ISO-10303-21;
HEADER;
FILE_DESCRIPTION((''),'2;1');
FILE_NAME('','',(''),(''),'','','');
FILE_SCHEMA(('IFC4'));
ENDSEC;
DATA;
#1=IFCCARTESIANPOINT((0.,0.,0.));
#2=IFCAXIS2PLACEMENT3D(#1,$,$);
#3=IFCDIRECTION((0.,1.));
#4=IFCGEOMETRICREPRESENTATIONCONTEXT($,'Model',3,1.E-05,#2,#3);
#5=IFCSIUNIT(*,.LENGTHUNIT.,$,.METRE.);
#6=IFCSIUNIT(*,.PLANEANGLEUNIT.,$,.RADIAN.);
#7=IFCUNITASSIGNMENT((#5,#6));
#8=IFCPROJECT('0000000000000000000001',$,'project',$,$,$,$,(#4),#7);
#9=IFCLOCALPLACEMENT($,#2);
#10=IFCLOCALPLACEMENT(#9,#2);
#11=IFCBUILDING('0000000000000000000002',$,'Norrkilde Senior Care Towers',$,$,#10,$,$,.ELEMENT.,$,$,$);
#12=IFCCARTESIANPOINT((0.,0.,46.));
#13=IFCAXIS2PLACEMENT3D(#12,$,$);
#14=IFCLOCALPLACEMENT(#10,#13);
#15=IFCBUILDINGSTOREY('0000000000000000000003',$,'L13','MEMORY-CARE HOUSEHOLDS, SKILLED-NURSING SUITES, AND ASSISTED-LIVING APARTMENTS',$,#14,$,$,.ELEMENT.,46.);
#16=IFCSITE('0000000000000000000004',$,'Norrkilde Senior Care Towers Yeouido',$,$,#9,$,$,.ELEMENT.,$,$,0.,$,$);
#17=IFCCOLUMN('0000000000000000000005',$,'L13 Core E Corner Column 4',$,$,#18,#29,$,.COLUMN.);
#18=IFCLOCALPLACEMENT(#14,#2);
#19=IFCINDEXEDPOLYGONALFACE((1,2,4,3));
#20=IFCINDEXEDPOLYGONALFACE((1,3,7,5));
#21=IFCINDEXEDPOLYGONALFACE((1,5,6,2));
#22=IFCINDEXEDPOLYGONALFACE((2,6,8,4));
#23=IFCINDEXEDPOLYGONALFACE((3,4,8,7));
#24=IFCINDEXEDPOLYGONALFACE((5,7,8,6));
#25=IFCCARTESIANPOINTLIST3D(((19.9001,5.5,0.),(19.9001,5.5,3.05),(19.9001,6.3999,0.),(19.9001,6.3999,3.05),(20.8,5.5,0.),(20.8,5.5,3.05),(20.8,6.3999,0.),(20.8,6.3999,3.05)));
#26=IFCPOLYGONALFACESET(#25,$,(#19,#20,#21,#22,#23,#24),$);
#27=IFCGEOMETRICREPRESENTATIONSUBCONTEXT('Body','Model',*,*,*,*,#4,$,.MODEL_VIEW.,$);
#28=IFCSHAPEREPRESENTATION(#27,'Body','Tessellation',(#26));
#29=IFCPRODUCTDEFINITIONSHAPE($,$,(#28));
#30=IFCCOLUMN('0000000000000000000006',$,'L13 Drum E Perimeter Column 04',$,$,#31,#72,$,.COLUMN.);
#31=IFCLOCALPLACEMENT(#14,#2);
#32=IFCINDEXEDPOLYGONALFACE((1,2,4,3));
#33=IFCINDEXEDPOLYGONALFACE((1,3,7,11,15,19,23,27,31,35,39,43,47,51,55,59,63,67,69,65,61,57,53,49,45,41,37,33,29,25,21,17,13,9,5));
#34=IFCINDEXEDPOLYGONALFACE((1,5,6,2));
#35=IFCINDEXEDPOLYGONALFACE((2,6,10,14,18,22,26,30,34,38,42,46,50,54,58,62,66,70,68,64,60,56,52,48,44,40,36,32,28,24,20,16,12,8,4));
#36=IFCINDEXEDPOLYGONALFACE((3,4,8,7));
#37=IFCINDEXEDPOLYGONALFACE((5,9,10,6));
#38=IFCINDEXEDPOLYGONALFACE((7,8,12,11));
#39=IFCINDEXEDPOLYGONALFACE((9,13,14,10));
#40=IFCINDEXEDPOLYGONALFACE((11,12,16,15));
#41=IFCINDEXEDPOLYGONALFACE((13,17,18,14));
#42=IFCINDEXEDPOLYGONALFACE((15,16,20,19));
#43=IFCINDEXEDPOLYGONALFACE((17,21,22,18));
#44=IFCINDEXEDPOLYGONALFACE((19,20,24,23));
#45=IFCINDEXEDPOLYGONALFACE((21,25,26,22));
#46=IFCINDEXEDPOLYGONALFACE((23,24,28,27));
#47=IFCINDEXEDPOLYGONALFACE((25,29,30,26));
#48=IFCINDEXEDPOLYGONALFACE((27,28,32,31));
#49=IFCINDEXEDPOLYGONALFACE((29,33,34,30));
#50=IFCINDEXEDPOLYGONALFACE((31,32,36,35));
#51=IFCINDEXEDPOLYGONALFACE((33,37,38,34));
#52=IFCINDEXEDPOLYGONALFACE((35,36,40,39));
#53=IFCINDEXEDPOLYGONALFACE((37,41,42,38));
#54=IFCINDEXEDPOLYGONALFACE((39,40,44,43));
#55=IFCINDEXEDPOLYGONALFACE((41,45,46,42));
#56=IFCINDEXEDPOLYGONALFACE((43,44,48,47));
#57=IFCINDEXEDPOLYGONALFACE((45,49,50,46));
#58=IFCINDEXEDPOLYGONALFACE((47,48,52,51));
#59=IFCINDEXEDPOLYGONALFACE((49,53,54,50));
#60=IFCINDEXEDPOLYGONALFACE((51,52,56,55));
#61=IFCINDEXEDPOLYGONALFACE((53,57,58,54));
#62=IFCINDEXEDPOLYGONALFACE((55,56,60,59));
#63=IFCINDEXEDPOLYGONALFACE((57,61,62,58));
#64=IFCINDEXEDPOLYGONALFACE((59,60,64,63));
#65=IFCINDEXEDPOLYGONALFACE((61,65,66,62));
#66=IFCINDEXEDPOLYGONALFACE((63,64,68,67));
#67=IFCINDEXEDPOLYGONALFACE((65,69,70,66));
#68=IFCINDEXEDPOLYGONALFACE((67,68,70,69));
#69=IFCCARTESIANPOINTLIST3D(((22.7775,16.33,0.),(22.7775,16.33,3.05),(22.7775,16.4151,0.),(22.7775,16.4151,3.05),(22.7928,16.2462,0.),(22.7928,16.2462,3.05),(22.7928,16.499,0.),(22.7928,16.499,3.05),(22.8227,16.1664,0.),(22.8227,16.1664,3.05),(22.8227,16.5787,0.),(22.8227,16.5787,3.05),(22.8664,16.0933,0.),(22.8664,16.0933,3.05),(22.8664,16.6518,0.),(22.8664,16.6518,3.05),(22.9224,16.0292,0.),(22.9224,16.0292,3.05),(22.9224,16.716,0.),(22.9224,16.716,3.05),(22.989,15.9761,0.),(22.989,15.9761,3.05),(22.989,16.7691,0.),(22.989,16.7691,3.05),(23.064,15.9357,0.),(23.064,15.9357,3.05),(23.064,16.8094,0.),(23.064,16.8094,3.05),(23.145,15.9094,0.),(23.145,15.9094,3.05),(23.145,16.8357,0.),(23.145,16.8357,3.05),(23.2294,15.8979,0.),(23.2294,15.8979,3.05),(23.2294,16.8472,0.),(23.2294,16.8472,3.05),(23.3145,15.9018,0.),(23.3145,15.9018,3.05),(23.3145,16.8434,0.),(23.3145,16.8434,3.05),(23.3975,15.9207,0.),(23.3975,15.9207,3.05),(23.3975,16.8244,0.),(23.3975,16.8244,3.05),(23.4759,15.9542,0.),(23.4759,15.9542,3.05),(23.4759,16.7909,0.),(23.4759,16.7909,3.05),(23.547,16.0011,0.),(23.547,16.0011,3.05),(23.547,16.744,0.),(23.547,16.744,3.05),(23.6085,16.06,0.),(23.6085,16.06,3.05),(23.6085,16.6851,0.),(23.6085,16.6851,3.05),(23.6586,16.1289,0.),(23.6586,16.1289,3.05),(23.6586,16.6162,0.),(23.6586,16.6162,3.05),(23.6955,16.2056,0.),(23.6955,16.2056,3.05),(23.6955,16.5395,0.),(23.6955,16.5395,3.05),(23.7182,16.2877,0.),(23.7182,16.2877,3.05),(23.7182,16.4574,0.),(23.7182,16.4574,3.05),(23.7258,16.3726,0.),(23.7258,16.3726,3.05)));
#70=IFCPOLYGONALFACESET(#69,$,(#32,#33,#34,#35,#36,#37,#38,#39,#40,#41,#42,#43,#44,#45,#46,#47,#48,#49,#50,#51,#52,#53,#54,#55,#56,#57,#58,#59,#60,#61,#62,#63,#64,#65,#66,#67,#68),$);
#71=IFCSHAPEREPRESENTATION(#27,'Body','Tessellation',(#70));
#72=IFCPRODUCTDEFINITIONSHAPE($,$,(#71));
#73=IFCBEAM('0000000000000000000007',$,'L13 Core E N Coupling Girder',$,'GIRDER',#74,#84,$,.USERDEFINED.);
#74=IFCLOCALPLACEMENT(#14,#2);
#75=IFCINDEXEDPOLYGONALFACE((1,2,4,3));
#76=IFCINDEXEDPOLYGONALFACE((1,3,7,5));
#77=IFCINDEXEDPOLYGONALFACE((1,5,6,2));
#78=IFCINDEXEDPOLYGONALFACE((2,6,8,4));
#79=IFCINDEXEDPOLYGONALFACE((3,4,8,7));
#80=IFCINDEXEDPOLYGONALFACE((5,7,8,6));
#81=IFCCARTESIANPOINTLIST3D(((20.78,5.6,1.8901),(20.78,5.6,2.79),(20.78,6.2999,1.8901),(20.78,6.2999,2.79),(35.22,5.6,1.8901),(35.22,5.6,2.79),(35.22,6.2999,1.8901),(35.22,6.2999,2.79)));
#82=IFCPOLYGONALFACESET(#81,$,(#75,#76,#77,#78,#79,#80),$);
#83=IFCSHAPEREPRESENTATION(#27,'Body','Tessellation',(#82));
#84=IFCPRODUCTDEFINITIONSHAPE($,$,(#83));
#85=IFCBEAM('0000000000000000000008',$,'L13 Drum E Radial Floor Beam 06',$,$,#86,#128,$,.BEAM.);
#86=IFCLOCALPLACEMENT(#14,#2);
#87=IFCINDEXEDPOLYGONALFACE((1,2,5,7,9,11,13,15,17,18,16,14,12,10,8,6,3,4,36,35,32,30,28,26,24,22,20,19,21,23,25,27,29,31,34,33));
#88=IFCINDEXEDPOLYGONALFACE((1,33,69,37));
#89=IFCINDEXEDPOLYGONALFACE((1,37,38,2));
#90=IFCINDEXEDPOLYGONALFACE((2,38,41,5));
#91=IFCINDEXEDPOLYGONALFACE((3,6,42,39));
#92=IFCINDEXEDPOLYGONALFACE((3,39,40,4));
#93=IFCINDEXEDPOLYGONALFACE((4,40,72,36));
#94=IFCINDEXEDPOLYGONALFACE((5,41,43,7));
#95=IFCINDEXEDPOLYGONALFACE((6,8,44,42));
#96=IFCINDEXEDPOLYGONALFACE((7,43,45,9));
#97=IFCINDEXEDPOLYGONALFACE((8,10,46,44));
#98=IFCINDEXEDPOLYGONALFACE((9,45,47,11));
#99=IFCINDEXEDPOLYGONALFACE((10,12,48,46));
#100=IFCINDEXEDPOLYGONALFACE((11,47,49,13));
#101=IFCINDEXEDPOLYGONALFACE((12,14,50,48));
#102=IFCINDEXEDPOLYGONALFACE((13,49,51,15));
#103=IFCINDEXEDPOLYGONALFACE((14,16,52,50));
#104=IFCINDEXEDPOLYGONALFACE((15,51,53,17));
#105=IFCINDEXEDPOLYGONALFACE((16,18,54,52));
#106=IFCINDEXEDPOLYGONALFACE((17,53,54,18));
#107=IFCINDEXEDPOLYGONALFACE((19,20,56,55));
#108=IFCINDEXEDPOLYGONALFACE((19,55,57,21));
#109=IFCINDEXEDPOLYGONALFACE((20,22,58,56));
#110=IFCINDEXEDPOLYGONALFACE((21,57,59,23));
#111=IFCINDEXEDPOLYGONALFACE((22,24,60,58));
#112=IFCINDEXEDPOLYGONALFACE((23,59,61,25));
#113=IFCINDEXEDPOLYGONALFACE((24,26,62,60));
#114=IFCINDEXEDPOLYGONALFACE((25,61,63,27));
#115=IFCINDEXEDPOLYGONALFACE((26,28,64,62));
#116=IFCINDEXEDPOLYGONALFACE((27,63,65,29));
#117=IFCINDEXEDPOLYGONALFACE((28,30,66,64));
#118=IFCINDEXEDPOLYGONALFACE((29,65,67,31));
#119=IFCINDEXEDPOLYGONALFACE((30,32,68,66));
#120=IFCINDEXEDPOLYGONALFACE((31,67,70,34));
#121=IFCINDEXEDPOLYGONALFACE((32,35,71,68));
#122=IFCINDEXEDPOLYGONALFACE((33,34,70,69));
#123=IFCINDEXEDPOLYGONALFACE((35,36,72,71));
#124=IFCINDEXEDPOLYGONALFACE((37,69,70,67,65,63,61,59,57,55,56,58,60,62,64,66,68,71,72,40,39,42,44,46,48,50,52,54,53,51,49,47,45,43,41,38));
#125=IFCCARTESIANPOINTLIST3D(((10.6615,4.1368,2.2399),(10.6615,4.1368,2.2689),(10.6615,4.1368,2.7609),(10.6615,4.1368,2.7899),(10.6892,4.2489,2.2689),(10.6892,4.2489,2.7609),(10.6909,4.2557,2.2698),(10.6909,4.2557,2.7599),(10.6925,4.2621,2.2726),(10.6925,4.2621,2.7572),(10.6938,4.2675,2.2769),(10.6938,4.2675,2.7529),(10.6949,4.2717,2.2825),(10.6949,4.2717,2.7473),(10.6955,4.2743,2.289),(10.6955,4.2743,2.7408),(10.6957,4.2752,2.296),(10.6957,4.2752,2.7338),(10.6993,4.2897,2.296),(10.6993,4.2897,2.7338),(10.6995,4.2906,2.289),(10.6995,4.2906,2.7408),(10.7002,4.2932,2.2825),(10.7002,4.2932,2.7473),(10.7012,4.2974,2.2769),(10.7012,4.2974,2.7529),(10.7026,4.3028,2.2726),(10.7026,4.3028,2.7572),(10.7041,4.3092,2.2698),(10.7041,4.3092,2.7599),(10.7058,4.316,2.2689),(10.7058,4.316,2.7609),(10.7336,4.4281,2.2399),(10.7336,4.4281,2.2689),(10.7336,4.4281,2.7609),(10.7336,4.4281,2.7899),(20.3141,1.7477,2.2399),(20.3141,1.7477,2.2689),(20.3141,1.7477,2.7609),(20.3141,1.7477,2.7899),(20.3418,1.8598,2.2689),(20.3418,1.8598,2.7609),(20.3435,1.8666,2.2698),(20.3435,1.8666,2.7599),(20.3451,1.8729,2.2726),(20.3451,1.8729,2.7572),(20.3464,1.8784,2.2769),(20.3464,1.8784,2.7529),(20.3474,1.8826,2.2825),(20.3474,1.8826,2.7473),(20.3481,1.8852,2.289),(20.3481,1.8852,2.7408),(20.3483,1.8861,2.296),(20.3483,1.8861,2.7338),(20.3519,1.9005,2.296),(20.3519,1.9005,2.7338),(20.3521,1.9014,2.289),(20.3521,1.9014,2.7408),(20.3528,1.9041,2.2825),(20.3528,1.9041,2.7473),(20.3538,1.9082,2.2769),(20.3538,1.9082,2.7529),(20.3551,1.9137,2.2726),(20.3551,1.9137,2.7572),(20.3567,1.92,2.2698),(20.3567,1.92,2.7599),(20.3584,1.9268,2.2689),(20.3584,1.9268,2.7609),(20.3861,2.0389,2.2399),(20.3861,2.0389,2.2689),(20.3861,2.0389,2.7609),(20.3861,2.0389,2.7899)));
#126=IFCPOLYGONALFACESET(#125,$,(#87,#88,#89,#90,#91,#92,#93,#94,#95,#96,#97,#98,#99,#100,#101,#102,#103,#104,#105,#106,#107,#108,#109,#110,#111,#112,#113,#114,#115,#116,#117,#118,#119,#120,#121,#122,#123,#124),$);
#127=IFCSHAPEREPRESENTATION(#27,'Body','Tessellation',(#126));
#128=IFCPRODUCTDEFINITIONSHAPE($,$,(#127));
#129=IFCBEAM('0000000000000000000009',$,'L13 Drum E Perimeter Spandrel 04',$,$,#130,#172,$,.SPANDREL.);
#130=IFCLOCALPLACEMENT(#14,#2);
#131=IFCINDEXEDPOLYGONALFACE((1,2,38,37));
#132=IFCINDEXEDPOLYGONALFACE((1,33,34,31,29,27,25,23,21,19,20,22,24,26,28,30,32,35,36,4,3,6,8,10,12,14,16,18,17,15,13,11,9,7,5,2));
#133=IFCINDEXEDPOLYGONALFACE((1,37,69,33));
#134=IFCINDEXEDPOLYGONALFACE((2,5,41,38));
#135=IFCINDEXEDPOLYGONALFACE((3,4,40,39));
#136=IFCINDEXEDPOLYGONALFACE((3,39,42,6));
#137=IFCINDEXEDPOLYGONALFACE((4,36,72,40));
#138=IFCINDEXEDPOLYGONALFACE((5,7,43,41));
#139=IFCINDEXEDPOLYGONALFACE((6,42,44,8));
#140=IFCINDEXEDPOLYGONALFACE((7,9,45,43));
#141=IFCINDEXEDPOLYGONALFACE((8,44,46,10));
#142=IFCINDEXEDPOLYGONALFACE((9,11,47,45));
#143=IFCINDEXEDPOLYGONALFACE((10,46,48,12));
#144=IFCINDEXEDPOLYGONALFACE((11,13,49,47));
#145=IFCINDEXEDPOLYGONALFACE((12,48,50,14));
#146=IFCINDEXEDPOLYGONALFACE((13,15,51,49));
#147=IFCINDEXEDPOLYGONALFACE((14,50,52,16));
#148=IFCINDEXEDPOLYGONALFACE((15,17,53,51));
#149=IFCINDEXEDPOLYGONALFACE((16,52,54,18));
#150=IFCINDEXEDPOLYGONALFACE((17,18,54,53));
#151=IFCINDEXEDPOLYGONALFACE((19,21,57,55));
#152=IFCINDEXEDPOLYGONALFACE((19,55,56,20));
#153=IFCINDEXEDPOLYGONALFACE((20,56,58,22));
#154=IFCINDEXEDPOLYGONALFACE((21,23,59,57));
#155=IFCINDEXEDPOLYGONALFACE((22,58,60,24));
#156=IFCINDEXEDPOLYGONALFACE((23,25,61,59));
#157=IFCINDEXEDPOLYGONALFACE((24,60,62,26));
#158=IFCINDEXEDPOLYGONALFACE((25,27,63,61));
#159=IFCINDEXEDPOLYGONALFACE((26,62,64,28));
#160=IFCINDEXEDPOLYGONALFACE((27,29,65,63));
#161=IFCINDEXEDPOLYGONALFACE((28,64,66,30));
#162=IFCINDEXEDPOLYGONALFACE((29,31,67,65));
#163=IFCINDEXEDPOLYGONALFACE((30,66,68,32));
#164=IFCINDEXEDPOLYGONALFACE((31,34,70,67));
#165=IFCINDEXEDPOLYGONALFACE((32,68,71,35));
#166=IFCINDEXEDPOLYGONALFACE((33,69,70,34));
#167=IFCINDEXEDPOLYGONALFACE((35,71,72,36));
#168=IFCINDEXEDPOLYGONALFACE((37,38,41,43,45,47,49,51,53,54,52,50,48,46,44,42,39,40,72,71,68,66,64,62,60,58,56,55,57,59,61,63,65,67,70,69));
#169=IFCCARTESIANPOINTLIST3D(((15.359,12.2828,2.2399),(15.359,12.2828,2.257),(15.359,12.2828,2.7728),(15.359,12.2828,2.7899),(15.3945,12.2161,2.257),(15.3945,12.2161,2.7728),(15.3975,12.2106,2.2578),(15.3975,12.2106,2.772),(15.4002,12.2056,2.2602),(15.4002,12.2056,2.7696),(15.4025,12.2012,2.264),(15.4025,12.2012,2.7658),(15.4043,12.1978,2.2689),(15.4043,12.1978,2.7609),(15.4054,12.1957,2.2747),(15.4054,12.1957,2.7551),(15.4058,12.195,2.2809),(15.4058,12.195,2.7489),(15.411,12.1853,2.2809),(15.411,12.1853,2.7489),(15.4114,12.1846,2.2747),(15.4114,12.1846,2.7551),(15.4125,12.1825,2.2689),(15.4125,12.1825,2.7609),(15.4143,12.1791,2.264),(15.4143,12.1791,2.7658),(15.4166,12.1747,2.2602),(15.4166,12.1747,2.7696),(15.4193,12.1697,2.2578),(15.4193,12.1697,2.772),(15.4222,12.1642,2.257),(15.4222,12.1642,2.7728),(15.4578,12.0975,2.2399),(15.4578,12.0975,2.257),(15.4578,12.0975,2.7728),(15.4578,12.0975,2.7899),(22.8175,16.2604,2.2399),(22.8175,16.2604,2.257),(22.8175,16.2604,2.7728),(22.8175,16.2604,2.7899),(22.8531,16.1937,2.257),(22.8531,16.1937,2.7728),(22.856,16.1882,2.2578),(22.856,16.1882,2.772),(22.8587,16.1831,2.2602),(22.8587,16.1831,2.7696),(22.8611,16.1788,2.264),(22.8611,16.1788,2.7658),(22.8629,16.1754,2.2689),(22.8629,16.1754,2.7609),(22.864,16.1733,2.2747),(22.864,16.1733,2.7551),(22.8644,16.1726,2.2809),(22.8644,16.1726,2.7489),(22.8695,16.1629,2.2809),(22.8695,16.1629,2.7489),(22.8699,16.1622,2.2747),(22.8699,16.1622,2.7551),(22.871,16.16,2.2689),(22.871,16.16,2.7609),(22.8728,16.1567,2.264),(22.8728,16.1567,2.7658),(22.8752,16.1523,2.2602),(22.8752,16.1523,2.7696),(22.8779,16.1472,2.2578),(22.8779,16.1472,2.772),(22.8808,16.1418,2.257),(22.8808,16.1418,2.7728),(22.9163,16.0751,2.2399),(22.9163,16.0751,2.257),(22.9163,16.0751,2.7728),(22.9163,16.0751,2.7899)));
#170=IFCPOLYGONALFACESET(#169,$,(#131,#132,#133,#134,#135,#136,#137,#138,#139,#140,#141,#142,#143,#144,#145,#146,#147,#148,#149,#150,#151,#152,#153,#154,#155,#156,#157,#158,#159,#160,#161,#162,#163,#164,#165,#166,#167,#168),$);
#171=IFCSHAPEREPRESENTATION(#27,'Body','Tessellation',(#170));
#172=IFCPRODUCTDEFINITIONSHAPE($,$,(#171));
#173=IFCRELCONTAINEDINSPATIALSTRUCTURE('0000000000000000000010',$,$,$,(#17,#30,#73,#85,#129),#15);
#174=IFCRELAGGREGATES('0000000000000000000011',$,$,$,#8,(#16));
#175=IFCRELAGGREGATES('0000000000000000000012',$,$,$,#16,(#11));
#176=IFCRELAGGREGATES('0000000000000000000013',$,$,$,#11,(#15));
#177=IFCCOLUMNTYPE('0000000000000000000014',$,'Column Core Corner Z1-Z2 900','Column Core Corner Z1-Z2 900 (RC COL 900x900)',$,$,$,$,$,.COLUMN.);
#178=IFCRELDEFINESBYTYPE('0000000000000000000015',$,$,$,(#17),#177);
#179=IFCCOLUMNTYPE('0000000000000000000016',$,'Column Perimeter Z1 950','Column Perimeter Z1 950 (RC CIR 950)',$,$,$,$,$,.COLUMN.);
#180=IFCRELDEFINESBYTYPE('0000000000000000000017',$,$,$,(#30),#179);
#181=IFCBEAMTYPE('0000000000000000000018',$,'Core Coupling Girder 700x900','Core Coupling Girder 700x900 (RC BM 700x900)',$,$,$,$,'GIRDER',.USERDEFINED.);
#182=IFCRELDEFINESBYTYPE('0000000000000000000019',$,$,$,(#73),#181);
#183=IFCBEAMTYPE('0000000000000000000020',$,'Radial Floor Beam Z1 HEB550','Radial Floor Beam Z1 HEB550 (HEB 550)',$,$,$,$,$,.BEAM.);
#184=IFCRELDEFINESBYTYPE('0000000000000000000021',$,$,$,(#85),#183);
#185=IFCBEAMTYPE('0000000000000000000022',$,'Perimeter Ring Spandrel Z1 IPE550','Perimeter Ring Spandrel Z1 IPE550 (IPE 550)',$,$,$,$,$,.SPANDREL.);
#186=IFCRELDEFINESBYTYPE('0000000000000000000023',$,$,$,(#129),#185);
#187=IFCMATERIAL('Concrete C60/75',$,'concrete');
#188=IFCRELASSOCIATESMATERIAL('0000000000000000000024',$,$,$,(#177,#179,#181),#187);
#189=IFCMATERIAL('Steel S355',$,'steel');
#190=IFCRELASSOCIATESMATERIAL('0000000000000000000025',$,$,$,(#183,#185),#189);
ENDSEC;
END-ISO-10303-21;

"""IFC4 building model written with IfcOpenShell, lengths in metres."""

from ifc_helpers import new_model, si_unit, direction, frame, origin, origin_2d, place, context, subcontext, project, spatial, rectangle, circle, i_section, extrude, source, transform, mapped, material, material_profile, profile_set, type_object, type_shapes, element, save


model = new_model("IFC4")

# Units and contexts
model_context = context("Model", 3, precision=1e-05, world=origin(), true_north=direction((0.0, 1.0)))
body_context = subcontext(model_context, "Body", "Model", "MODEL_VIEW")
ifc_project = project(units=[si_unit("LENGTHUNIT", "METRE"), si_unit("PLANEANGLEUNIT", "RADIAN")], contexts=[model_context])

# Site, building, storey
site_placement = place(None, origin())
site = spatial("IfcSite", under=ifc_project, at=site_placement, Name="Norrkilde Senior Care Towers Yeouido", CompositionType="ELEMENT", RefElevation=0.0)
building_placement = place(site_placement, origin())
building = spatial("IfcBuilding", under=site, at=building_placement, Name="Norrkilde Senior Care Towers", CompositionType="ELEMENT")
storey_placement = place(building_placement, frame((0.0, 0.0, 46.0)))
storey = spatial("IfcBuildingStorey", under=building, at=storey_placement, Name="L13", Description="MEMORY-CARE HOUSEHOLDS, SKILLED-NURSING SUITES, AND ASSISTED-LIVING APARTMENTS", CompositionType="ELEMENT", Elevation=46.0)

# Columns
ifc_material_1 = material(Name="Concrete C60/75", Category="concrete")
ifc_material_profile_1 = material_profile(ifc_material_1, rectangle(XDim=0.8999, YDim=0.8999, at=origin_2d()), Name="RC COL 900x900")
ifc_profile_set_1 = profile_set([ifc_material_profile_1], Name="Concrete C60/75")
column_type_1 = type_object("IfcColumnType", Name="Column Core Corner Z1-Z2 900", Description="Column Core Corner Z1-Z2 900 (RC COL 900x900)", PredefinedType="COLUMN", material=ifc_profile_set_1)
shared_shape_1 = source(origin(), body_context, "Body", "SweptSolid", [
    extrude(rectangle(XDim=0.8999, YDim=0.8999, at=origin_2d()), origin(), (0.0, 0.0, 1.0), 3.05),
])
type_shapes(column_type_1, [shared_shape_1])
column_1_placement = place(storey_placement, frame((20.3501, 5.95, 0.0), z_axis=(0.0, 0.0, 1.0), x_axis=(1.0, 0.0, 0.0)))
element("IfcColumn", 1, at=column_1_placement, inside=storey, type_object=column_type_1, Name="L13 Core E Corner Column 4", PredefinedType="COLUMN", context=body_context, shape_type="MappedRepresentation", body=[
    mapped(shared_shape_1, transform((0.0, 0.0, 0.0), x_axis=(1.0, 0.0, 0.0), y_axis=(0.0, 1.0, 0.0), z_axis=(0.0, 0.0, 1.0), scale=1.0)),
])
ifc_material_profile_2 = material_profile(ifc_material_1, circle(Radius=0.4751, at=origin_2d()), Name="RC CIR 950")
ifc_profile_set_2 = profile_set([ifc_material_profile_2], Name="Concrete C60/75")
column_type_2 = type_object("IfcColumnType", Name="Column Perimeter Z1 950", Description="Column Perimeter Z1 950 (RC CIR 950)", PredefinedType="COLUMN", material=ifc_profile_set_2)
shared_shape_2 = source(origin(), body_context, "Body", "SweptSolid", [
    extrude(circle(Radius=0.4751, at=origin_2d()), origin(), (0.0, 0.0, 1.0), 3.05),
])
type_shapes(column_type_2, [shared_shape_2])
column_2_placement = place(storey_placement, frame((23.2507, 16.3726, 0.0), z_axis=(0.0, 0.0, 1.0), x_axis=(1.0, 0.0, 0.0)))
element("IfcColumn", 2, at=column_2_placement, inside=storey, type_object=column_type_2, Name="L13 Drum E Perimeter Column 04", PredefinedType="COLUMN", context=body_context, shape_type="MappedRepresentation", body=[
    mapped(shared_shape_2, transform((0.0, 0.0, 0.0), x_axis=(1.0, 0.0, 0.0), y_axis=(0.0, 1.0, 0.0), z_axis=(0.0, 0.0, 1.0), scale=1.0)),
])

# Beams
ifc_material_profile_3 = material_profile(ifc_material_1, rectangle(XDim=0.7, YDim=0.8999, at=origin_2d()), Name="RC BM 700x900")
ifc_profile_set_3 = profile_set([ifc_material_profile_3], Name="Concrete C60/75")
beam_type_1 = type_object("IfcBeamType", Name="Core Coupling Girder 700x900", Description="Core Coupling Girder 700x900 (RC BM 700x900)", ElementType="GIRDER", PredefinedType="USERDEFINED", material=ifc_profile_set_3)
shared_shape_3 = source(origin(), body_context, "Body", "SweptSolid", [
    extrude(rectangle(XDim=0.7, YDim=0.8999, at=origin_2d()), origin(), (0.0, 0.0, 1.0), 14.4399),
])
type_shapes(beam_type_1, [shared_shape_3])
beam_1_placement = place(storey_placement, frame((20.78, 5.95, 2.3401), z_axis=(1.0, 0.0, 0.0), x_axis=(0.0, 1.0, 0.0)))
element("IfcBeam", 3, at=beam_1_placement, inside=storey, type_object=beam_type_1, Name="L13 Core E N Coupling Girder", ObjectType="GIRDER", PredefinedType="USERDEFINED", context=body_context, shape_type="MappedRepresentation", body=[
    mapped(shared_shape_3, transform((0.0, 0.0, 0.0), x_axis=(1.0, 0.0, 0.0), y_axis=(0.0, 1.0, 0.0), z_axis=(0.0, 0.0, 1.0), scale=1.0)),
])
ifc_material_2 = material(Name="Steel S355", Category="steel")
ifc_material_profile_4 = material_profile(ifc_material_2, i_section(OverallWidth=0.3, OverallDepth=0.55, WebThickness=0.0149, FlangeThickness=0.0291, FilletRadius=0.0271, at=origin_2d()), Name="HEB 550")
ifc_profile_set_4 = profile_set([ifc_material_profile_4], Name="Steel S355")
beam_type_2 = type_object("IfcBeamType", Name="Radial Floor Beam Z1 HEB550", Description="Radial Floor Beam Z1 HEB550 (HEB 550)", PredefinedType="BEAM", material=ifc_profile_set_4)
shared_shape_4 = source(origin(), body_context, "Body", "SweptSolid", [
    extrude(i_section(OverallWidth=0.3, OverallDepth=0.55, WebThickness=0.0149, FlangeThickness=0.0291, FilletRadius=0.0271, at=origin_2d()), origin(), (0.0, 0.0, 1.0), 9.9438),
])
beam_2_placement = place(storey_placement, frame((20.3501, 1.8933, 2.5149), z_axis=(-0.970707, 0.240265, 0.0), x_axis=(-0.240265, -0.970707, 0.0)))
element("IfcBeam", 4, at=beam_2_placement, inside=storey, type_object=beam_type_2, Name="L13 Drum E Radial Floor Beam 06", PredefinedType="BEAM", context=body_context, shape_type="MappedRepresentation", body=[
    mapped(shared_shape_4, transform((0.0, 0.0, 0.0), x_axis=(1.0, 0.0, 0.0), y_axis=(0.0, 1.0, 0.0), z_axis=(0.0, 0.0, 1.0), scale=1.0)),
])
ifc_material_profile_5 = material_profile(ifc_material_2, i_section(OverallWidth=0.21, OverallDepth=0.55, WebThickness=0.011, FlangeThickness=0.0171, FilletRadius=0.0239, at=origin_2d()), Name="IPE 550")
ifc_profile_set_5 = profile_set([ifc_material_profile_5], Name="Steel S355")
beam_type_3 = type_object("IfcBeamType", Name="Perimeter Ring Spandrel Z1 IPE550", Description="Perimeter Ring Spandrel Z1 IPE550 (IPE 550)", PredefinedType="SPANDREL", material=ifc_profile_set_5)
shared_shape_5 = source(origin(), body_context, "Body", "SweptSolid", [
    extrude(i_section(OverallWidth=0.21, OverallDepth=0.55, WebThickness=0.011, FlangeThickness=0.0171, FilletRadius=0.0239, at=origin_2d()), origin(), (0.0, 0.0, 1.0), 8.4529),
])
type_shapes(beam_type_3, [shared_shape_5])
beam_3_placement = place(storey_placement, frame((22.8669, 16.1677, 2.5149), z_axis=(-0.882369, -0.470558, 0.0), x_axis=(0.470558, -0.882369, 0.0)))
element("IfcBeam", 5, at=beam_3_placement, inside=storey, type_object=beam_type_3, Name="L13 Drum E Perimeter Spandrel 04", PredefinedType="SPANDREL", context=body_context, shape_type="MappedRepresentation", body=[
    mapped(shared_shape_5, transform((0.0, 0.0, 0.0), x_axis=(1.0, 0.0, 0.0), y_axis=(0.0, 1.0, 0.0), z_axis=(0.0, 0.0, 1.0), scale=1.0)),
])

save(model, "model.ifc")
